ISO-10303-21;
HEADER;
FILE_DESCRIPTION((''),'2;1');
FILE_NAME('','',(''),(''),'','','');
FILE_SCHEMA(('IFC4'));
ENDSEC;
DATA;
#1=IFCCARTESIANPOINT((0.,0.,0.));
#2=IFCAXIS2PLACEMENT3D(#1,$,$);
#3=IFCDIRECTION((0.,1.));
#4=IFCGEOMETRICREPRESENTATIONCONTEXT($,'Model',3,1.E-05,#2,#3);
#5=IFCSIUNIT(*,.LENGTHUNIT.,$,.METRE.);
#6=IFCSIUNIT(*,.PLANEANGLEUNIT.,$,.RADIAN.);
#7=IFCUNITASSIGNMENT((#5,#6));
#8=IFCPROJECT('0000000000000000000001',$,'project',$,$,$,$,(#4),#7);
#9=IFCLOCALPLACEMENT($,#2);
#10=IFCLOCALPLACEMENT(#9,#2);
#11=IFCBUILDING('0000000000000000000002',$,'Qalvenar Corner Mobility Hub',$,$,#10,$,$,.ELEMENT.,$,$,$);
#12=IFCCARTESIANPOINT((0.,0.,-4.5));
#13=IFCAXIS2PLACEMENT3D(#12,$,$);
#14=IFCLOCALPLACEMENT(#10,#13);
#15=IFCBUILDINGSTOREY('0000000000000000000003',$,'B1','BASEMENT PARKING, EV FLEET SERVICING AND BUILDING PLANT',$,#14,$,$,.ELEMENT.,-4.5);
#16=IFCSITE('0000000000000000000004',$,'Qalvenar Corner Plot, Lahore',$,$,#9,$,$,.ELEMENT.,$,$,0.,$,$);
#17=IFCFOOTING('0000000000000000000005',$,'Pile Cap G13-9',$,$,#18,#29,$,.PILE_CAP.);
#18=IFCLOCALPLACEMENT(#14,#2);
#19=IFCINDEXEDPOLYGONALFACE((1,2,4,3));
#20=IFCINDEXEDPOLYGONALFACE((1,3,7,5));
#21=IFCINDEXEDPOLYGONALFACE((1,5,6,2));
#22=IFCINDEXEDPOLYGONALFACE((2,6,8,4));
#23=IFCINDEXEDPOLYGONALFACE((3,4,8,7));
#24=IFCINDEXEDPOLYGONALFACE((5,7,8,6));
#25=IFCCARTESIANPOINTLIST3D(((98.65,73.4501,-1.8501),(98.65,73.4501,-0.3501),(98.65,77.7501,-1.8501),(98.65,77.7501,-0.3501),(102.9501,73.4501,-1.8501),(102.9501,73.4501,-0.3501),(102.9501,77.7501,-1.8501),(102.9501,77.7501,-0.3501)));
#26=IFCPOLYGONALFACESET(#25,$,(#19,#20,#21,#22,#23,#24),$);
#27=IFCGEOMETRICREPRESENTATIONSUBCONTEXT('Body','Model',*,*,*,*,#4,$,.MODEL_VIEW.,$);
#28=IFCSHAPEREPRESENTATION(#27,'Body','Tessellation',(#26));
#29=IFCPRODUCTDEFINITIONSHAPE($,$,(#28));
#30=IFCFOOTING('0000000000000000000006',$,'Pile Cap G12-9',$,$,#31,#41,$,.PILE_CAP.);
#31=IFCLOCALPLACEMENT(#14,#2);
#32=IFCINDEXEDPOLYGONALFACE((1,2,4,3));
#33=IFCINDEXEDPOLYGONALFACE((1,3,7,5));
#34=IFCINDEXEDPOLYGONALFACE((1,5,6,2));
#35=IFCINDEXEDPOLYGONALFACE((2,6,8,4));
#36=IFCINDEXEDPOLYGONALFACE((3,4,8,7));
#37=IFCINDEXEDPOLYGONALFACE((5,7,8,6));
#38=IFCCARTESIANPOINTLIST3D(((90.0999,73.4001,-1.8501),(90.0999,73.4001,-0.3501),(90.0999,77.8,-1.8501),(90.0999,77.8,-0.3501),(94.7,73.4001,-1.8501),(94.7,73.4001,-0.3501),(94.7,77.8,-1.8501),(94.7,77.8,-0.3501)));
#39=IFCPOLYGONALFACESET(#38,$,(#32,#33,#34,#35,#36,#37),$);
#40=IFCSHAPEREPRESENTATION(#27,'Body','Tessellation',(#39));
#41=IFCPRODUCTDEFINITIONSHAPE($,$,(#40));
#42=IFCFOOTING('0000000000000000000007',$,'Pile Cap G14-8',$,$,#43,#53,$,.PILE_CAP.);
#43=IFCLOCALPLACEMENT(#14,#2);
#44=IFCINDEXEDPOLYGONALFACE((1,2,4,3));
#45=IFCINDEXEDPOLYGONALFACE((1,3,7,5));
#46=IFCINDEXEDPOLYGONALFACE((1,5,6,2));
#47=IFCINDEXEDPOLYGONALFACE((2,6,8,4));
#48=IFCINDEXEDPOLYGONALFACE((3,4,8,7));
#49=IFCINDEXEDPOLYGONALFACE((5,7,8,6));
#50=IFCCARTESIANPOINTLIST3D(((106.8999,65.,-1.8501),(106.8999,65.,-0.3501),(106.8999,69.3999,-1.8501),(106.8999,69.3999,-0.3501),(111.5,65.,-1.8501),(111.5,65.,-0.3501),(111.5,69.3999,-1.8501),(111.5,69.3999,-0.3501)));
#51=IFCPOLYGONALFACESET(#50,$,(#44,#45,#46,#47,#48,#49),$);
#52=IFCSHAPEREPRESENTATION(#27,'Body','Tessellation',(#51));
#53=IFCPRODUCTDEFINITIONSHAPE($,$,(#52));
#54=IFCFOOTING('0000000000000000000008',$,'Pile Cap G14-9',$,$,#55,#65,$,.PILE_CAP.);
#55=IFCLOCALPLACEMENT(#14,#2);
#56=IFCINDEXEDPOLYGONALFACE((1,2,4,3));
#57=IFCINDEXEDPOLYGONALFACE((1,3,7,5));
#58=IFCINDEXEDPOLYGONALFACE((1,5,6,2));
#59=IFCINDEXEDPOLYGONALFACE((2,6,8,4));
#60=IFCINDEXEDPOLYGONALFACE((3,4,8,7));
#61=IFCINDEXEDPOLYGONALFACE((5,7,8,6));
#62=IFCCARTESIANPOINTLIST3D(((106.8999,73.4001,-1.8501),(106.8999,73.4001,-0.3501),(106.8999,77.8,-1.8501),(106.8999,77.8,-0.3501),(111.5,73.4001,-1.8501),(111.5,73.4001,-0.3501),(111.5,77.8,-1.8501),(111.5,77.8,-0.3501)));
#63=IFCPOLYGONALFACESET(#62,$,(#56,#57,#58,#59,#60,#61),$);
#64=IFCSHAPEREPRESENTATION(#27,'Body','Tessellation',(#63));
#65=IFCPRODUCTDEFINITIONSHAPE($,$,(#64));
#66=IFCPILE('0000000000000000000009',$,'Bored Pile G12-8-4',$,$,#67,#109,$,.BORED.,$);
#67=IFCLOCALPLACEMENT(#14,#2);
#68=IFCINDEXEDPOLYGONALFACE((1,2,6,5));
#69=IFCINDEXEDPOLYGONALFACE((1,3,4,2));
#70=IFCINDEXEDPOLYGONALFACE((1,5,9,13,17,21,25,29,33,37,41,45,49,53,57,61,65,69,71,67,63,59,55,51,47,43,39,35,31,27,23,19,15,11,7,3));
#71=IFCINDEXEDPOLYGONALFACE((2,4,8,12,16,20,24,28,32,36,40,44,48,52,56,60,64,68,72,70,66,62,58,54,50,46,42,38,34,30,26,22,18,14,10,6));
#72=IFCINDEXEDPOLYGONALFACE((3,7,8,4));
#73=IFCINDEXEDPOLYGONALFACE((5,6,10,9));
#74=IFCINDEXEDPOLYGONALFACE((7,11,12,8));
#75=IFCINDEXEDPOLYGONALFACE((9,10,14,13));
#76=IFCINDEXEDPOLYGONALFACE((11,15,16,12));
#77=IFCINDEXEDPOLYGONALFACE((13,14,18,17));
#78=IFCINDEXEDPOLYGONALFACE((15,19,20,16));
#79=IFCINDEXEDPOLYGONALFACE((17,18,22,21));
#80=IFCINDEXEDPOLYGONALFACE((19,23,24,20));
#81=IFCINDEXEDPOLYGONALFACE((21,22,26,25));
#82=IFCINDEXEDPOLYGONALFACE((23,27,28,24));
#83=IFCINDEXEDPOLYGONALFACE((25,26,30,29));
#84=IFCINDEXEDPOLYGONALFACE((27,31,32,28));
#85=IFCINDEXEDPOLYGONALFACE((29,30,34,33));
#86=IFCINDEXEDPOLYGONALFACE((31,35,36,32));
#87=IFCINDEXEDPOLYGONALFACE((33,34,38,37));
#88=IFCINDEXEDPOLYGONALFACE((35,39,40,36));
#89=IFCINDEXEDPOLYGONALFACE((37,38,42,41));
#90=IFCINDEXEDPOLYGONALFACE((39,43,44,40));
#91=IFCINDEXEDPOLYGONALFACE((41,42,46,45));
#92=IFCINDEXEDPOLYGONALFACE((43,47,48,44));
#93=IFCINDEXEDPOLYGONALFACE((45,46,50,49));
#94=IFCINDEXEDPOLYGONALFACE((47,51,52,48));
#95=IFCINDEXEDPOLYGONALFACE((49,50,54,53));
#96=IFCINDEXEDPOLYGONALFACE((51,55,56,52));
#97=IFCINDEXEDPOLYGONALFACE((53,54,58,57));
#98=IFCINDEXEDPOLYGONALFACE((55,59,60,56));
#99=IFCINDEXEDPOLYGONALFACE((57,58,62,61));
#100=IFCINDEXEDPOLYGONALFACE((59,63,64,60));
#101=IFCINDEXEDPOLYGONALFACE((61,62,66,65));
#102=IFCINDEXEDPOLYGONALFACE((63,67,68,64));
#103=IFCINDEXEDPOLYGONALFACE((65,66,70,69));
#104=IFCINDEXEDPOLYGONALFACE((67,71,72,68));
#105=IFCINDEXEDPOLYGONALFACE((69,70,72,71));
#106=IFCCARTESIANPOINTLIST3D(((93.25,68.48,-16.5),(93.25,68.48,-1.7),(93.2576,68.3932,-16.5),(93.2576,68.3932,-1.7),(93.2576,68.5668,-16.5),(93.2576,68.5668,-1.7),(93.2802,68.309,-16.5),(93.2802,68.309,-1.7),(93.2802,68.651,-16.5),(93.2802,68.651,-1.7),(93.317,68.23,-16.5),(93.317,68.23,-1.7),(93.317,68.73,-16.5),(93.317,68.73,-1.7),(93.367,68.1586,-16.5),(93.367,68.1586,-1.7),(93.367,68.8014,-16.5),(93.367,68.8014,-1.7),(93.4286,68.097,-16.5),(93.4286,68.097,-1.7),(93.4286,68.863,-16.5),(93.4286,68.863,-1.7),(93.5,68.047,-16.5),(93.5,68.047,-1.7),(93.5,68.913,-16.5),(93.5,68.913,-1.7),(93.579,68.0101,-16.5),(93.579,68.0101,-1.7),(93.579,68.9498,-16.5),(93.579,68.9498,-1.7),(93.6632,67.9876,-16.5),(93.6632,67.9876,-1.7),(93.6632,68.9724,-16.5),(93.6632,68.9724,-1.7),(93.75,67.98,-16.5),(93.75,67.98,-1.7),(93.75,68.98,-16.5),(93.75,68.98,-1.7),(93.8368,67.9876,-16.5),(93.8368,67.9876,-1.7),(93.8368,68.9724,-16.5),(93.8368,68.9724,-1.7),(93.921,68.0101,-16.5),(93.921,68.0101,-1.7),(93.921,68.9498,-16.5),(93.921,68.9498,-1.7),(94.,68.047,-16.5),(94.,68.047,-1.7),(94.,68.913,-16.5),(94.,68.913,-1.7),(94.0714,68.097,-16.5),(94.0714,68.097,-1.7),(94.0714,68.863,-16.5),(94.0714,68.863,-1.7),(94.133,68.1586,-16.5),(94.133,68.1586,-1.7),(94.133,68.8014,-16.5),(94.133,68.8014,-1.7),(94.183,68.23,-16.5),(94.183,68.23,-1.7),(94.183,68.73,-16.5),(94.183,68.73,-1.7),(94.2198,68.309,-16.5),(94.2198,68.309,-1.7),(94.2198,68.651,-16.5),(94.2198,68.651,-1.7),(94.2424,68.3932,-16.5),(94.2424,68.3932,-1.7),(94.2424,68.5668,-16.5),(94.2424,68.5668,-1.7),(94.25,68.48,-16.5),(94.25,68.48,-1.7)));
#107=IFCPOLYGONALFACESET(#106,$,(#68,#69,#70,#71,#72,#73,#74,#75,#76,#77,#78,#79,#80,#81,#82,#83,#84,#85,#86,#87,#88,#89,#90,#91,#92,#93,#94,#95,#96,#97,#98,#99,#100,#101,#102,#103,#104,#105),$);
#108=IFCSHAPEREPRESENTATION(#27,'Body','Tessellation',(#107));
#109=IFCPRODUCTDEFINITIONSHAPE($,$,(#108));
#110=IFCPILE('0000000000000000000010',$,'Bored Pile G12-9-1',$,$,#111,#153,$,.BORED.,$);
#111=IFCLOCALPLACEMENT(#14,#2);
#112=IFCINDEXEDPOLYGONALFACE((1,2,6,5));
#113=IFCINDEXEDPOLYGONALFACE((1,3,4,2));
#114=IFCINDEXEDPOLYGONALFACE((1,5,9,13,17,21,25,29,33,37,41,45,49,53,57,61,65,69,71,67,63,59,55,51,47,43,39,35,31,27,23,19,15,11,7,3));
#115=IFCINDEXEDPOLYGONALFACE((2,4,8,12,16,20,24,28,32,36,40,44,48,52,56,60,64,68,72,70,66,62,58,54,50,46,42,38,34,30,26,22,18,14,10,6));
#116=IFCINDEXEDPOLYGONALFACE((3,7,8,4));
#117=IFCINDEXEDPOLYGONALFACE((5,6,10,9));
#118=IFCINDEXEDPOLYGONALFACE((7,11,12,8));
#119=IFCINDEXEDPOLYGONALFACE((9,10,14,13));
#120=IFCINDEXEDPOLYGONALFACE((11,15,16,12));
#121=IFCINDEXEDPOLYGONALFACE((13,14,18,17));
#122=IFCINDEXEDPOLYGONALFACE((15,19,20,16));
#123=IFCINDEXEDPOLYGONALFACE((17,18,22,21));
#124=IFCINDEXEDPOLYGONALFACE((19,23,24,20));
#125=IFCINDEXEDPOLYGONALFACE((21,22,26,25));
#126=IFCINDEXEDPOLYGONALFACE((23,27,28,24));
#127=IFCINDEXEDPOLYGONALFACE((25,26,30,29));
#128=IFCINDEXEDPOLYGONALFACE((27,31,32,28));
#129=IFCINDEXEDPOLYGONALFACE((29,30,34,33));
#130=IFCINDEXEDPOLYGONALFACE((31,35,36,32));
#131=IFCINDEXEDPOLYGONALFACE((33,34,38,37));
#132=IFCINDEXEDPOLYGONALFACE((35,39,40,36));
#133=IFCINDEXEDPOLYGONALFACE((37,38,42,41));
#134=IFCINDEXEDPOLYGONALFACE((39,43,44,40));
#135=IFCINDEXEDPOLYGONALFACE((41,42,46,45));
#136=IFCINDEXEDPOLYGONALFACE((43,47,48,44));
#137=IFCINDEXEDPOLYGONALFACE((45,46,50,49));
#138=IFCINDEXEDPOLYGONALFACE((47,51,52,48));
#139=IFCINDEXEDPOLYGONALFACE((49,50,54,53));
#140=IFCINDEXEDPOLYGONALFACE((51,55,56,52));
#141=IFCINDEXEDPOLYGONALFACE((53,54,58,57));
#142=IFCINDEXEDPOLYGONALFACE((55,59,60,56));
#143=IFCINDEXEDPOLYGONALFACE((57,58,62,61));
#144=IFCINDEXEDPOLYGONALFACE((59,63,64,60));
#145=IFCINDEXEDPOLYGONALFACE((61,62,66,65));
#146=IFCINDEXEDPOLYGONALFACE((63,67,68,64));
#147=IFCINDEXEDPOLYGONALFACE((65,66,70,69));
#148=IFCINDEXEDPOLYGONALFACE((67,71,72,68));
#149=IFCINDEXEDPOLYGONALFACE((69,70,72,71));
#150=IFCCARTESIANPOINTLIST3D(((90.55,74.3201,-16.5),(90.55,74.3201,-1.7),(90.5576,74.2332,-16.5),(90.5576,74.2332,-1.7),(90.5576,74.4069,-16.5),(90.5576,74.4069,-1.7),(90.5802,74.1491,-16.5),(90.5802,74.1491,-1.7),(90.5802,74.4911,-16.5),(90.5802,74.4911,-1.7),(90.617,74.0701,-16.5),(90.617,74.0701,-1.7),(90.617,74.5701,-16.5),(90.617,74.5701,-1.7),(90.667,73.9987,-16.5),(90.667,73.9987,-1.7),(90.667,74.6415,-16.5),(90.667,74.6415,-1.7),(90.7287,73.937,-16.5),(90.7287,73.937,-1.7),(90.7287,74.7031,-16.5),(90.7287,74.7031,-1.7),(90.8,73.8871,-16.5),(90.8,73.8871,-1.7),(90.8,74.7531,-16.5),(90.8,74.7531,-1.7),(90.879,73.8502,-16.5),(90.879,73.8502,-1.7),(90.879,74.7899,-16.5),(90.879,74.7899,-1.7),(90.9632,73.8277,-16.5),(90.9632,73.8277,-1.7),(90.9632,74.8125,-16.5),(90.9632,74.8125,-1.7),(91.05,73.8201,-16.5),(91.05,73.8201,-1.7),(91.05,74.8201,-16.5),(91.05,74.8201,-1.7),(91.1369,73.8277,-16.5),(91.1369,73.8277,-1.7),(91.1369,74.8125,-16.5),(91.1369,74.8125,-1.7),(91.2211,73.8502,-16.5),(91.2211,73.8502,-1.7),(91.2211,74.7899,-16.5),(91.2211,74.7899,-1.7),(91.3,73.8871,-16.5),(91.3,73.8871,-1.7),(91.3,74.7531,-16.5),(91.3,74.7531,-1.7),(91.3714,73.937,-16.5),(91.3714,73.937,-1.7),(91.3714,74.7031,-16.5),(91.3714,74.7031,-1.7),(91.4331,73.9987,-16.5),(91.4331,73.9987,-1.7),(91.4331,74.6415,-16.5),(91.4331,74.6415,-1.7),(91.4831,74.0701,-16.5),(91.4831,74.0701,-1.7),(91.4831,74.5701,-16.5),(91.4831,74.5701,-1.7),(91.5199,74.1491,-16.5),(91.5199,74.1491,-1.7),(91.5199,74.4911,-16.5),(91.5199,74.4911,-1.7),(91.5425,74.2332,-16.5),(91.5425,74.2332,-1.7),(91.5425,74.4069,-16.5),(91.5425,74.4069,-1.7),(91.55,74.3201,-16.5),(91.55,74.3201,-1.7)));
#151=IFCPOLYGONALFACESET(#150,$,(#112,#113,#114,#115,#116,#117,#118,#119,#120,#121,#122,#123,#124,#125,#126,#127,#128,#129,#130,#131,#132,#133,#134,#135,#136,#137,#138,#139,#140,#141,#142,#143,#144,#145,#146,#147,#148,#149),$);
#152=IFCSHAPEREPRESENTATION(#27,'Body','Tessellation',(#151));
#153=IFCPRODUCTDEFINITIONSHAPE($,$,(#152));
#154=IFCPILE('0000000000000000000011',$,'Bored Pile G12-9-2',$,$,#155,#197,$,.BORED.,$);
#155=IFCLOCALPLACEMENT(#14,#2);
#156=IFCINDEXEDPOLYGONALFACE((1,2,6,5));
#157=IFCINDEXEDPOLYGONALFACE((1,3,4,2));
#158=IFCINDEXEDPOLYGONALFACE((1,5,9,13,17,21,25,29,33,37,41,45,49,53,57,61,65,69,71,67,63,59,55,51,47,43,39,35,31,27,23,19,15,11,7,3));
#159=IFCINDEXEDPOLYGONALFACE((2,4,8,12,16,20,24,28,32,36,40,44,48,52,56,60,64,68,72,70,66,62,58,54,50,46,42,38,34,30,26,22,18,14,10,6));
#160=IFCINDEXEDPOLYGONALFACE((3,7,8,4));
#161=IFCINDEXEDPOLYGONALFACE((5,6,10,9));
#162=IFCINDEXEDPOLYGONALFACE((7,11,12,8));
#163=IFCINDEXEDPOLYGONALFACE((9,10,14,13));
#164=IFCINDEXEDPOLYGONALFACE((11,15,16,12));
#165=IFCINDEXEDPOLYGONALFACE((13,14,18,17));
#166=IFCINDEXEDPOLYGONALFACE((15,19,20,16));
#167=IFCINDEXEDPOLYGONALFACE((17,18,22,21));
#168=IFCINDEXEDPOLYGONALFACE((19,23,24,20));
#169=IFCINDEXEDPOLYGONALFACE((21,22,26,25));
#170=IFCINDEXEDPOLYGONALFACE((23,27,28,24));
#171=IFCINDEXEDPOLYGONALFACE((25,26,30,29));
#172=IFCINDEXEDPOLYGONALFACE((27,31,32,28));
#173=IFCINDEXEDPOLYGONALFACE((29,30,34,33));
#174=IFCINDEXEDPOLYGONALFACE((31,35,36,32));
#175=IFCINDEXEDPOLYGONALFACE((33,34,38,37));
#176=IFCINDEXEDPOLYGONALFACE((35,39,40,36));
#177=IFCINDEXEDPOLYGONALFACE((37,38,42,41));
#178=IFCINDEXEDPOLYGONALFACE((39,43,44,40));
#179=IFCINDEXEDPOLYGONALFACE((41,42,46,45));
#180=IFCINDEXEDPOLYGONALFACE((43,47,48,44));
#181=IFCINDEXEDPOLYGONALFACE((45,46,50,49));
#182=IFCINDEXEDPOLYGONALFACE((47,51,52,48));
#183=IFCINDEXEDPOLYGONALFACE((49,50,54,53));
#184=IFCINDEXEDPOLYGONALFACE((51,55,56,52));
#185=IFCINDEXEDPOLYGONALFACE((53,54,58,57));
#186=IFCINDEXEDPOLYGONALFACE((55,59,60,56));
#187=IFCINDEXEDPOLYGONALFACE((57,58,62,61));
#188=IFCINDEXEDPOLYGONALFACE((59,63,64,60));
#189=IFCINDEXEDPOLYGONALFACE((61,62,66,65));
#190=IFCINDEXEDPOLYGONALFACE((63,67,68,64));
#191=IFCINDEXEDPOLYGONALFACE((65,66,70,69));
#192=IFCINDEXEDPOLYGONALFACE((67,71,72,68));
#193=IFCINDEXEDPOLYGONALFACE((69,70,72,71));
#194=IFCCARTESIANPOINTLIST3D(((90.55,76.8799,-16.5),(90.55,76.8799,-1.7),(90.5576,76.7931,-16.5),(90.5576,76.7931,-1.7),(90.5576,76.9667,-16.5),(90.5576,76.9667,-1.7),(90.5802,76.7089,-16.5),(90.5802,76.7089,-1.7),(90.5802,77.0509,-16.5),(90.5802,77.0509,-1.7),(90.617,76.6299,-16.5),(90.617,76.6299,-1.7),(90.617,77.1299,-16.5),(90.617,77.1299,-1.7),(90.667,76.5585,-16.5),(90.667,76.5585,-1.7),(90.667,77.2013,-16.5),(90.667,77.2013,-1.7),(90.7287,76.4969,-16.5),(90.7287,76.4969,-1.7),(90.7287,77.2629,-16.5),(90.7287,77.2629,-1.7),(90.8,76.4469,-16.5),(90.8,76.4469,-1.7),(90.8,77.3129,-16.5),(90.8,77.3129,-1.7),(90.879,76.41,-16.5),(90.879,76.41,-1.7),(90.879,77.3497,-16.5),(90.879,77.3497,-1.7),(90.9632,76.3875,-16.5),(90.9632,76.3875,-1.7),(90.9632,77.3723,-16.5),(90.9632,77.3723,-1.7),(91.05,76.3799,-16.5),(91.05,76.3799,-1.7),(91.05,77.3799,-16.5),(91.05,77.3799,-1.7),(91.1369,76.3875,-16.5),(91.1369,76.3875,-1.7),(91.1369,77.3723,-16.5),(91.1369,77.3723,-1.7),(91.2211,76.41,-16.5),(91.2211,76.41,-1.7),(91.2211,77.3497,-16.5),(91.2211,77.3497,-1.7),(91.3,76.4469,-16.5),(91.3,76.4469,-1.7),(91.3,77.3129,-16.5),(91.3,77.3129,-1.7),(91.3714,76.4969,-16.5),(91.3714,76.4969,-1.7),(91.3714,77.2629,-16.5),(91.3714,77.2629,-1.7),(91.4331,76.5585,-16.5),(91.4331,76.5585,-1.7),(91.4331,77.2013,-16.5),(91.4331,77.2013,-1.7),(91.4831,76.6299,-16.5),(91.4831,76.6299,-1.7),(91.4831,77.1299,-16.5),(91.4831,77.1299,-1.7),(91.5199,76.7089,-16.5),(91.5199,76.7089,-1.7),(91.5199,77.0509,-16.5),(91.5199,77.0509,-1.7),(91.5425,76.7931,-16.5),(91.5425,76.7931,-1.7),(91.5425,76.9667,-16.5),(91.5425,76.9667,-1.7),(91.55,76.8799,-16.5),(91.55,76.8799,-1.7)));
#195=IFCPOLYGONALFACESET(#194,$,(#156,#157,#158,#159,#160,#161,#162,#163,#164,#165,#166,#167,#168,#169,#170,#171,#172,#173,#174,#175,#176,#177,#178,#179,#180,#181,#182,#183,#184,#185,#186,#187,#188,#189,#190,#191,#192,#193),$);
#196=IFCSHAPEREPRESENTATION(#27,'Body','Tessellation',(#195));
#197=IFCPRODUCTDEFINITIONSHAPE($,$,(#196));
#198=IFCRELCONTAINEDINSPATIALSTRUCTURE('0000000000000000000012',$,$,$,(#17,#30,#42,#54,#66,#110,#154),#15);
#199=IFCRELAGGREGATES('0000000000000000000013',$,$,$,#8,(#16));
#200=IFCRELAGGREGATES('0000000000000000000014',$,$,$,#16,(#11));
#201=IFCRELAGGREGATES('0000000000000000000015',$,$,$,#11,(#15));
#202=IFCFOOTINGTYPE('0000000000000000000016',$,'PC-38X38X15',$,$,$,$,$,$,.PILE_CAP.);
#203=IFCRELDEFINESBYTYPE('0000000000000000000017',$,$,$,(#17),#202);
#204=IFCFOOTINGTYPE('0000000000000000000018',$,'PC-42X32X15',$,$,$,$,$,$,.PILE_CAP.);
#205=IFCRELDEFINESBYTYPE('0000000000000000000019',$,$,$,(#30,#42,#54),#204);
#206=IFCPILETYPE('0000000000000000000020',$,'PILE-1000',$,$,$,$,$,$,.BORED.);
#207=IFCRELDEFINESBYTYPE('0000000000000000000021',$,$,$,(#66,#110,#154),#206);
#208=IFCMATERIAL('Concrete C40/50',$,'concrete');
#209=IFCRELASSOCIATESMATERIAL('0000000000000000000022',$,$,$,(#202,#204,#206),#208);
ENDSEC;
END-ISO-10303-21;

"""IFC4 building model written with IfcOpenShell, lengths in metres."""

from ifc_helpers import new_model, si_unit, direction, frame, origin, origin_2d, place, context, subcontext, project, spatial, rectangle, circle, extrude, material, material_profile, profile_set, type_object, element, save


model = new_model("IFC4")

# Units and contexts
model_context = context("Model", 3, precision=1e-05, world=origin(), true_north=direction((0.0, 1.0)))
body_context = subcontext(model_context, "Body", "Model", "MODEL_VIEW")
ifc_project = project(units=[si_unit("LENGTHUNIT", "METRE"), si_unit("PLANEANGLEUNIT", "RADIAN")], contexts=[model_context])

# Site, building, storey
site_placement = place(None, origin())
site = spatial("IfcSite", under=ifc_project, at=site_placement, Name="Qalvenar Corner Plot, Lahore", CompositionType="ELEMENT", RefElevation=0.0)
building_placement = place(site_placement, origin())
building = spatial("IfcBuilding", under=site, at=building_placement, Name="Qalvenar Corner Mobility Hub", CompositionType="ELEMENT")
storey_placement = place(building_placement, frame((0.0, 0.0, -4.5)))
storey = spatial("IfcBuildingStorey", under=building, at=storey_placement, Name="B1", Description="BASEMENT PARKING, EV FLEET SERVICING AND BUILDING PLANT", CompositionType="ELEMENT", Elevation=-4.5)

# Footings
ifc_material_1 = material(Name="Concrete C40/50", Category="concrete")
footing_type_1 = type_object("IfcFootingType", Name="PC-38X38X15", PredefinedType="PILE_CAP", material=ifc_material_1)
footing_1_placement = place(storey_placement, frame((100.8, 75.6001, -1.8501), z_axis=(0.0, 0.0, 1.0), x_axis=(1.0, 0.0, 0.0)))
element("IfcFooting", 1, at=footing_1_placement, inside=storey, type_object=footing_type_1, Name="Pile Cap G13-9", PredefinedType="PILE_CAP", context=body_context, shape_type="SweptSolid", body=[
    extrude(rectangle(XDim=4.3, YDim=4.3, at=origin_2d()), origin(), (0.0, 0.0, 1.0), 1.5),
])
footing_type_2 = type_object("IfcFootingType", Name="PC-42X32X15", PredefinedType="PILE_CAP", material=ifc_material_1)
for number, where, z_axis, x_axis, name in (
    (2, (92.3999, 75.6001, -1.8501), (0.0, 0.0, 1.0), (1.0, 0.0, 0.0), "Pile Cap G12-9"),
    (3, (109.2, 67.2, -1.8501), (0.0, 0.0, 1.0), (1.0, 0.0, 0.0), "Pile Cap G14-8"),
    (4, (109.2, 75.6001, -1.8501), (0.0, 0.0, 1.0), (1.0, 0.0, 0.0), "Pile Cap G14-9"),
):
    element("IfcFooting", number, at=place(storey_placement, frame(where, z_axis=z_axis, x_axis=x_axis)), inside=storey, type_object=footing_type_2, Name=name, PredefinedType="PILE_CAP", context=body_context, shape_type="SweptSolid", body=[
        extrude(rectangle(XDim=4.6001, YDim=4.3999, at=origin_2d()), origin(), (0.0, 0.0, 1.0), 1.5),
    ])

# Piles
ifc_material_profile_1 = material_profile(ifc_material_1, circle(Radius=0.5, at=origin_2d()), Name="DIA1000")
ifc_profile_set_1 = profile_set([ifc_material_profile_1], Name="Concrete C40/50")
pile_type = type_object("IfcPileType", Name="PILE-1000", PredefinedType="BORED", material=ifc_profile_set_1)
for number, where, z_axis, x_axis, name in (
    (5, (93.75, 68.48, -1.7), (0.0, 0.0, -1.0), (1.0, 0.0, 0.0), "Bored Pile G12-8-4"),
    (6, (91.05, 74.3201, -1.7), (0.0, 0.0, -1.0), (1.0, 0.0, 0.0), "Bored Pile G12-9-1"),
    (7, (91.05, 76.8799, -1.7), (0.0, 0.0, -1.0), (1.0, 0.0, 0.0), "Bored Pile G12-9-2"),
):
    element("IfcPile", number, at=place(storey_placement, frame(where, z_axis=z_axis, x_axis=x_axis)), inside=storey, type_object=pile_type, Name=name, PredefinedType="BORED", context=body_context, shape_type="SweptSolid", body=[
        extrude(circle(Radius=0.5, at=origin_2d()), origin(), (0.0, 0.0, 1.0), 14.8),
    ])

save(model, "model.ifc")
